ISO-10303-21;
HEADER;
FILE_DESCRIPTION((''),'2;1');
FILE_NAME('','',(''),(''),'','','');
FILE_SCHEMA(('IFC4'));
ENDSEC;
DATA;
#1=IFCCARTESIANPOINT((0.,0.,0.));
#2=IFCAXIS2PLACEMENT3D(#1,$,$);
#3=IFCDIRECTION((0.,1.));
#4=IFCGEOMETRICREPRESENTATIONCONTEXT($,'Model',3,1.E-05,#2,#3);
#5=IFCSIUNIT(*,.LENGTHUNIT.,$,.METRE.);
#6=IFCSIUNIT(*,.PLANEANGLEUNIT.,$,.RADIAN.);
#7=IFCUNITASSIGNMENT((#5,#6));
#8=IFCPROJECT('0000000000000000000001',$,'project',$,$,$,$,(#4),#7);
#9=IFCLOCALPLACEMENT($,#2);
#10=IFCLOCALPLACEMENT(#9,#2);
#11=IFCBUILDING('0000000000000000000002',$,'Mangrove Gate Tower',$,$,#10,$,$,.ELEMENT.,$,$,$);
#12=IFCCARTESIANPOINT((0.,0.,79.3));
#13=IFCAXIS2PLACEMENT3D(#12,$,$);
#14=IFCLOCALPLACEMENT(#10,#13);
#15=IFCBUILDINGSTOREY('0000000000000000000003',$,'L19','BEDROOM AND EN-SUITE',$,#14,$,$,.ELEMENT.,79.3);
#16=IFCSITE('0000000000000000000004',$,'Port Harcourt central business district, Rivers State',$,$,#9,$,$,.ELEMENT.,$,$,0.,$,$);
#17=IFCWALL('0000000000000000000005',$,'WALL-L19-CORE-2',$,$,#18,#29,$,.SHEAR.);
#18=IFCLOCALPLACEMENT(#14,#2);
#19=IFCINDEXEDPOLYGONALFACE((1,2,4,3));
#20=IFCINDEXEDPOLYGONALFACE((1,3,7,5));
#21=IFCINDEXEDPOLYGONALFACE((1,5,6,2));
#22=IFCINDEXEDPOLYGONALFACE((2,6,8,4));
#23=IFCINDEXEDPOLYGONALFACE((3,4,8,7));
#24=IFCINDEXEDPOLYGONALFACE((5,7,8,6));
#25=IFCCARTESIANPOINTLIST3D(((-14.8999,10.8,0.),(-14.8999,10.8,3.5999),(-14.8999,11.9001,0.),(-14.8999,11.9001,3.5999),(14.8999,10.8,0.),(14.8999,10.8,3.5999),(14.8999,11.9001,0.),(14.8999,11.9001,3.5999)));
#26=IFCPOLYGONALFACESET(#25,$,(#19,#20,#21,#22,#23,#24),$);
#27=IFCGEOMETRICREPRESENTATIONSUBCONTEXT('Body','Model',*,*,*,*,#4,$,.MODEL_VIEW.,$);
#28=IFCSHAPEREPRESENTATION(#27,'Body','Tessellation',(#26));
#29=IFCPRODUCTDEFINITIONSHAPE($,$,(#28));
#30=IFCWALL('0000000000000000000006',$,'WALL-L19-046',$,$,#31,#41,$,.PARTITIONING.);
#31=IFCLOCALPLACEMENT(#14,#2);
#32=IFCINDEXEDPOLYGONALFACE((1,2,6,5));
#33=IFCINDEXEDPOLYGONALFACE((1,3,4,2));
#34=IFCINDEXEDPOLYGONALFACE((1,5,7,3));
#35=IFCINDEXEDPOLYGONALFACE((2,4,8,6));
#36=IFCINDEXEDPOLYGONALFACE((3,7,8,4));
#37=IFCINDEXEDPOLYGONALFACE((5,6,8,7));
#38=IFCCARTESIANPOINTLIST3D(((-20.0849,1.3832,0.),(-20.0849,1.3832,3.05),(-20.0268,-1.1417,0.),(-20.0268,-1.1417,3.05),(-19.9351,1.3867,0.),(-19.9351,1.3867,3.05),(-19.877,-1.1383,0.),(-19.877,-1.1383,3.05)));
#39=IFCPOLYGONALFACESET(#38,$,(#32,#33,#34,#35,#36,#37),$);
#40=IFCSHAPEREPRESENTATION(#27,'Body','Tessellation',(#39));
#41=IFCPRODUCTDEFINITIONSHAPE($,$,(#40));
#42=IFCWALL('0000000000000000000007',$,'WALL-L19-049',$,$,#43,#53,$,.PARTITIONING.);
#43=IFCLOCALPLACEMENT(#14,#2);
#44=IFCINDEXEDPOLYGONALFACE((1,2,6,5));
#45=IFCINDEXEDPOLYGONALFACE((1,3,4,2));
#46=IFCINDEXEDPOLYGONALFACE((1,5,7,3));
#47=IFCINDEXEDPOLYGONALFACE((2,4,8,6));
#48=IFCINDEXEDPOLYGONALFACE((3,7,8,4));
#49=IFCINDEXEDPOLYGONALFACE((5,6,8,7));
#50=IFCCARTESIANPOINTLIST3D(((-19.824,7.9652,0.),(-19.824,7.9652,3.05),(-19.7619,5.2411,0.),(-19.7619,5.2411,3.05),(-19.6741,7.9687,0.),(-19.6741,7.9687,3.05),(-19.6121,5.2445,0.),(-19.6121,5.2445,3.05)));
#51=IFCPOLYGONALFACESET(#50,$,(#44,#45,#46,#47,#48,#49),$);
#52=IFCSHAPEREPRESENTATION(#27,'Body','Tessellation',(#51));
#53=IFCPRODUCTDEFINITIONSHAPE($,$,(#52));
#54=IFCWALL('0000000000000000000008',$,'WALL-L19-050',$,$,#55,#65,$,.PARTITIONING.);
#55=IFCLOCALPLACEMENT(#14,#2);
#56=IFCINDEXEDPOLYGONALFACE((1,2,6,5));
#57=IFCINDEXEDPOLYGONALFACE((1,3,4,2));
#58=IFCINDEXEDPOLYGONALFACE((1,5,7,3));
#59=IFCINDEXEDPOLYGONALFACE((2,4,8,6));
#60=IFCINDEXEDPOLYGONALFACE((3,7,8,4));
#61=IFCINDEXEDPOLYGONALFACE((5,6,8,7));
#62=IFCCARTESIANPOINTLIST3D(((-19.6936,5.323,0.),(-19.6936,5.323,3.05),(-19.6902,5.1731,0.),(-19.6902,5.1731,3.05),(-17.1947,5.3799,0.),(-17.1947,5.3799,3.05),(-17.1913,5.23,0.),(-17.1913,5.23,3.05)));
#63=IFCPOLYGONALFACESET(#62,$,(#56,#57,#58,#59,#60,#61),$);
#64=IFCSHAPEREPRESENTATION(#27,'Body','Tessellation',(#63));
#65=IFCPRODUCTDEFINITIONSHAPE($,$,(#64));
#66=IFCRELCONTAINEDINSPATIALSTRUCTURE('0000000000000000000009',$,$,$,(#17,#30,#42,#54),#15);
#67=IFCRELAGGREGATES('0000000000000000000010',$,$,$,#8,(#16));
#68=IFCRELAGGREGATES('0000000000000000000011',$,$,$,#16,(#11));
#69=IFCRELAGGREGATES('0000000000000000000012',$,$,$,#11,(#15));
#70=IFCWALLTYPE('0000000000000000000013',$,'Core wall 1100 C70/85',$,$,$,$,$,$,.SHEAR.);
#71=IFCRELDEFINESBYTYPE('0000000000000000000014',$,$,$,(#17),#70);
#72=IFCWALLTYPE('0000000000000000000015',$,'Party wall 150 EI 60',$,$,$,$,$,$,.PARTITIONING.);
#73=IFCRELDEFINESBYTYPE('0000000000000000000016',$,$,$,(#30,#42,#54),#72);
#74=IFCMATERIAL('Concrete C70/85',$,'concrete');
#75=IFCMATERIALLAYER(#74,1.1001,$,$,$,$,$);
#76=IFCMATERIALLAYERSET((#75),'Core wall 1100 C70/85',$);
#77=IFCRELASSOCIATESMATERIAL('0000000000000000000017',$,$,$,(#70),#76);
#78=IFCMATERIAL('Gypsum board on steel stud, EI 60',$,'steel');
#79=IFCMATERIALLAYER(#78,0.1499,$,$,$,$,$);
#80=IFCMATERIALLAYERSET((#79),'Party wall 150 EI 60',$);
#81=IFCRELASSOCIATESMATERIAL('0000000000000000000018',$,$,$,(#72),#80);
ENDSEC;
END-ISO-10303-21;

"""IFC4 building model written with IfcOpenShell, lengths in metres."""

from ifc_helpers import new_model, si_unit, direction, frame, frame_2d, origin, place, context, subcontext, project, spatial, rectangle, extrude, material, layer, layer_set, type_object, element, save


model = new_model("IFC4")

# Units and contexts
model_context = context("Model", 3, precision=1e-05, world=origin(), true_north=direction((0.0, 1.0)))
body_context = subcontext(model_context, "Body", "Model", "MODEL_VIEW")
ifc_project = project(units=[si_unit("LENGTHUNIT", "METRE"), si_unit("PLANEANGLEUNIT", "RADIAN")], contexts=[model_context])

# Site, building, storey
site_placement = place(None, origin())
site = spatial("IfcSite", under=ifc_project, at=site_placement, Name="Port Harcourt central business district, Rivers State", CompositionType="ELEMENT", RefElevation=0.0)
building_placement = place(site_placement, origin())
building = spatial("IfcBuilding", under=site, at=building_placement, Name="Mangrove Gate Tower", CompositionType="ELEMENT")
storey_placement = place(building_placement, frame((0.0, 0.0, 79.3)))
storey = spatial("IfcBuildingStorey", under=building, at=storey_placement, Name="L19", Description="BEDROOM AND EN-SUITE", CompositionType="ELEMENT", Elevation=79.3)

# Walls
ifc_material_1 = material(Name="Concrete C70/85", Category="concrete")
ifc_layer_1 = layer(ifc_material_1, 1.1001)
ifc_layer_set_1 = layer_set([ifc_layer_1], Name="Core wall 1100 C70/85")
wall_type_1 = type_object("IfcWallType", Name="Core wall 1100 C70/85", PredefinedType="SHEAR", material=ifc_layer_set_1)
wall_1_placement = place(storey_placement, frame((-14.8999, 11.3501, 0.0), z_axis=(0.0, 0.0, 1.0), x_axis=(1.0, 0.0, 0.0)))
element("IfcWall", 1, at=wall_1_placement, inside=storey, type_object=wall_type_1, Name="WALL-L19-CORE-2", PredefinedType="SHEAR", context=body_context, shape_type="SweptSolid", body=[
    extrude(rectangle(XDim=29.7998, YDim=1.1001, at=frame_2d((14.8999, 0.0))), origin(), (0.0, 0.0, 1.0), 3.5999),
])
ifc_material_2 = material(Name="Gypsum board on steel stud, EI 60", Category="steel")
ifc_layer_2 = layer(ifc_material_2, 0.1499)
ifc_layer_set_2 = layer_set([ifc_layer_2], Name="Party wall 150 EI 60")
wall_type_2 = type_object("IfcWallType", Name="Party wall 150 EI 60", PredefinedType="PARTITIONING", material=ifc_layer_set_2)
wall_2_placement = place(storey_placement, frame((-19.9519, -1.1399, 0.0), z_axis=(0.0, 0.0, 1.0), x_axis=(-0.023007, 0.999735, 0.0)))
element("IfcWall", 2, at=wall_2_placement, inside=storey, type_object=wall_type_2, Name="WALL-L19-046", PredefinedType="PARTITIONING", context=body_context, shape_type="SweptSolid", body=[
    extrude(rectangle(XDim=2.5256, YDim=0.1499, at=frame_2d((1.2627, 0.0))), origin(), (0.0, 0.0, 1.0), 3.05),
])
wall_3_placement = place(storey_placement, frame((-19.687, 5.2429, 0.0), z_axis=(0.0, 0.0, 1.0), x_axis=(-0.022758, 0.999741, 0.0)))
element("IfcWall", 3, at=wall_3_placement, inside=storey, type_object=wall_type_2, Name="WALL-L19-049", PredefinedType="PARTITIONING", context=body_context, shape_type="SweptSolid", body=[
    extrude(rectangle(XDim=2.7249, YDim=0.1499, at=frame_2d((1.3623, 0.0))), origin(), (0.0, 0.0, 1.0), 3.05),
])
wall_4_placement = place(storey_placement, frame((-19.6919, 5.248, 0.0), z_axis=(0.0, 0.0, 1.0), x_axis=(0.999741, 0.022759, 0.0)))
element("IfcWall", 4, at=wall_4_placement, inside=storey, type_object=wall_type_2, Name="WALL-L19-050", PredefinedType="PARTITIONING", context=body_context, shape_type="SweptSolid", body=[
    extrude(rectangle(XDim=2.4995, YDim=0.1499, at=frame_2d((1.2498, 0.0))), origin(), (0.0, 0.0, 1.0), 3.05),
])

save(model, "model.ifc")
